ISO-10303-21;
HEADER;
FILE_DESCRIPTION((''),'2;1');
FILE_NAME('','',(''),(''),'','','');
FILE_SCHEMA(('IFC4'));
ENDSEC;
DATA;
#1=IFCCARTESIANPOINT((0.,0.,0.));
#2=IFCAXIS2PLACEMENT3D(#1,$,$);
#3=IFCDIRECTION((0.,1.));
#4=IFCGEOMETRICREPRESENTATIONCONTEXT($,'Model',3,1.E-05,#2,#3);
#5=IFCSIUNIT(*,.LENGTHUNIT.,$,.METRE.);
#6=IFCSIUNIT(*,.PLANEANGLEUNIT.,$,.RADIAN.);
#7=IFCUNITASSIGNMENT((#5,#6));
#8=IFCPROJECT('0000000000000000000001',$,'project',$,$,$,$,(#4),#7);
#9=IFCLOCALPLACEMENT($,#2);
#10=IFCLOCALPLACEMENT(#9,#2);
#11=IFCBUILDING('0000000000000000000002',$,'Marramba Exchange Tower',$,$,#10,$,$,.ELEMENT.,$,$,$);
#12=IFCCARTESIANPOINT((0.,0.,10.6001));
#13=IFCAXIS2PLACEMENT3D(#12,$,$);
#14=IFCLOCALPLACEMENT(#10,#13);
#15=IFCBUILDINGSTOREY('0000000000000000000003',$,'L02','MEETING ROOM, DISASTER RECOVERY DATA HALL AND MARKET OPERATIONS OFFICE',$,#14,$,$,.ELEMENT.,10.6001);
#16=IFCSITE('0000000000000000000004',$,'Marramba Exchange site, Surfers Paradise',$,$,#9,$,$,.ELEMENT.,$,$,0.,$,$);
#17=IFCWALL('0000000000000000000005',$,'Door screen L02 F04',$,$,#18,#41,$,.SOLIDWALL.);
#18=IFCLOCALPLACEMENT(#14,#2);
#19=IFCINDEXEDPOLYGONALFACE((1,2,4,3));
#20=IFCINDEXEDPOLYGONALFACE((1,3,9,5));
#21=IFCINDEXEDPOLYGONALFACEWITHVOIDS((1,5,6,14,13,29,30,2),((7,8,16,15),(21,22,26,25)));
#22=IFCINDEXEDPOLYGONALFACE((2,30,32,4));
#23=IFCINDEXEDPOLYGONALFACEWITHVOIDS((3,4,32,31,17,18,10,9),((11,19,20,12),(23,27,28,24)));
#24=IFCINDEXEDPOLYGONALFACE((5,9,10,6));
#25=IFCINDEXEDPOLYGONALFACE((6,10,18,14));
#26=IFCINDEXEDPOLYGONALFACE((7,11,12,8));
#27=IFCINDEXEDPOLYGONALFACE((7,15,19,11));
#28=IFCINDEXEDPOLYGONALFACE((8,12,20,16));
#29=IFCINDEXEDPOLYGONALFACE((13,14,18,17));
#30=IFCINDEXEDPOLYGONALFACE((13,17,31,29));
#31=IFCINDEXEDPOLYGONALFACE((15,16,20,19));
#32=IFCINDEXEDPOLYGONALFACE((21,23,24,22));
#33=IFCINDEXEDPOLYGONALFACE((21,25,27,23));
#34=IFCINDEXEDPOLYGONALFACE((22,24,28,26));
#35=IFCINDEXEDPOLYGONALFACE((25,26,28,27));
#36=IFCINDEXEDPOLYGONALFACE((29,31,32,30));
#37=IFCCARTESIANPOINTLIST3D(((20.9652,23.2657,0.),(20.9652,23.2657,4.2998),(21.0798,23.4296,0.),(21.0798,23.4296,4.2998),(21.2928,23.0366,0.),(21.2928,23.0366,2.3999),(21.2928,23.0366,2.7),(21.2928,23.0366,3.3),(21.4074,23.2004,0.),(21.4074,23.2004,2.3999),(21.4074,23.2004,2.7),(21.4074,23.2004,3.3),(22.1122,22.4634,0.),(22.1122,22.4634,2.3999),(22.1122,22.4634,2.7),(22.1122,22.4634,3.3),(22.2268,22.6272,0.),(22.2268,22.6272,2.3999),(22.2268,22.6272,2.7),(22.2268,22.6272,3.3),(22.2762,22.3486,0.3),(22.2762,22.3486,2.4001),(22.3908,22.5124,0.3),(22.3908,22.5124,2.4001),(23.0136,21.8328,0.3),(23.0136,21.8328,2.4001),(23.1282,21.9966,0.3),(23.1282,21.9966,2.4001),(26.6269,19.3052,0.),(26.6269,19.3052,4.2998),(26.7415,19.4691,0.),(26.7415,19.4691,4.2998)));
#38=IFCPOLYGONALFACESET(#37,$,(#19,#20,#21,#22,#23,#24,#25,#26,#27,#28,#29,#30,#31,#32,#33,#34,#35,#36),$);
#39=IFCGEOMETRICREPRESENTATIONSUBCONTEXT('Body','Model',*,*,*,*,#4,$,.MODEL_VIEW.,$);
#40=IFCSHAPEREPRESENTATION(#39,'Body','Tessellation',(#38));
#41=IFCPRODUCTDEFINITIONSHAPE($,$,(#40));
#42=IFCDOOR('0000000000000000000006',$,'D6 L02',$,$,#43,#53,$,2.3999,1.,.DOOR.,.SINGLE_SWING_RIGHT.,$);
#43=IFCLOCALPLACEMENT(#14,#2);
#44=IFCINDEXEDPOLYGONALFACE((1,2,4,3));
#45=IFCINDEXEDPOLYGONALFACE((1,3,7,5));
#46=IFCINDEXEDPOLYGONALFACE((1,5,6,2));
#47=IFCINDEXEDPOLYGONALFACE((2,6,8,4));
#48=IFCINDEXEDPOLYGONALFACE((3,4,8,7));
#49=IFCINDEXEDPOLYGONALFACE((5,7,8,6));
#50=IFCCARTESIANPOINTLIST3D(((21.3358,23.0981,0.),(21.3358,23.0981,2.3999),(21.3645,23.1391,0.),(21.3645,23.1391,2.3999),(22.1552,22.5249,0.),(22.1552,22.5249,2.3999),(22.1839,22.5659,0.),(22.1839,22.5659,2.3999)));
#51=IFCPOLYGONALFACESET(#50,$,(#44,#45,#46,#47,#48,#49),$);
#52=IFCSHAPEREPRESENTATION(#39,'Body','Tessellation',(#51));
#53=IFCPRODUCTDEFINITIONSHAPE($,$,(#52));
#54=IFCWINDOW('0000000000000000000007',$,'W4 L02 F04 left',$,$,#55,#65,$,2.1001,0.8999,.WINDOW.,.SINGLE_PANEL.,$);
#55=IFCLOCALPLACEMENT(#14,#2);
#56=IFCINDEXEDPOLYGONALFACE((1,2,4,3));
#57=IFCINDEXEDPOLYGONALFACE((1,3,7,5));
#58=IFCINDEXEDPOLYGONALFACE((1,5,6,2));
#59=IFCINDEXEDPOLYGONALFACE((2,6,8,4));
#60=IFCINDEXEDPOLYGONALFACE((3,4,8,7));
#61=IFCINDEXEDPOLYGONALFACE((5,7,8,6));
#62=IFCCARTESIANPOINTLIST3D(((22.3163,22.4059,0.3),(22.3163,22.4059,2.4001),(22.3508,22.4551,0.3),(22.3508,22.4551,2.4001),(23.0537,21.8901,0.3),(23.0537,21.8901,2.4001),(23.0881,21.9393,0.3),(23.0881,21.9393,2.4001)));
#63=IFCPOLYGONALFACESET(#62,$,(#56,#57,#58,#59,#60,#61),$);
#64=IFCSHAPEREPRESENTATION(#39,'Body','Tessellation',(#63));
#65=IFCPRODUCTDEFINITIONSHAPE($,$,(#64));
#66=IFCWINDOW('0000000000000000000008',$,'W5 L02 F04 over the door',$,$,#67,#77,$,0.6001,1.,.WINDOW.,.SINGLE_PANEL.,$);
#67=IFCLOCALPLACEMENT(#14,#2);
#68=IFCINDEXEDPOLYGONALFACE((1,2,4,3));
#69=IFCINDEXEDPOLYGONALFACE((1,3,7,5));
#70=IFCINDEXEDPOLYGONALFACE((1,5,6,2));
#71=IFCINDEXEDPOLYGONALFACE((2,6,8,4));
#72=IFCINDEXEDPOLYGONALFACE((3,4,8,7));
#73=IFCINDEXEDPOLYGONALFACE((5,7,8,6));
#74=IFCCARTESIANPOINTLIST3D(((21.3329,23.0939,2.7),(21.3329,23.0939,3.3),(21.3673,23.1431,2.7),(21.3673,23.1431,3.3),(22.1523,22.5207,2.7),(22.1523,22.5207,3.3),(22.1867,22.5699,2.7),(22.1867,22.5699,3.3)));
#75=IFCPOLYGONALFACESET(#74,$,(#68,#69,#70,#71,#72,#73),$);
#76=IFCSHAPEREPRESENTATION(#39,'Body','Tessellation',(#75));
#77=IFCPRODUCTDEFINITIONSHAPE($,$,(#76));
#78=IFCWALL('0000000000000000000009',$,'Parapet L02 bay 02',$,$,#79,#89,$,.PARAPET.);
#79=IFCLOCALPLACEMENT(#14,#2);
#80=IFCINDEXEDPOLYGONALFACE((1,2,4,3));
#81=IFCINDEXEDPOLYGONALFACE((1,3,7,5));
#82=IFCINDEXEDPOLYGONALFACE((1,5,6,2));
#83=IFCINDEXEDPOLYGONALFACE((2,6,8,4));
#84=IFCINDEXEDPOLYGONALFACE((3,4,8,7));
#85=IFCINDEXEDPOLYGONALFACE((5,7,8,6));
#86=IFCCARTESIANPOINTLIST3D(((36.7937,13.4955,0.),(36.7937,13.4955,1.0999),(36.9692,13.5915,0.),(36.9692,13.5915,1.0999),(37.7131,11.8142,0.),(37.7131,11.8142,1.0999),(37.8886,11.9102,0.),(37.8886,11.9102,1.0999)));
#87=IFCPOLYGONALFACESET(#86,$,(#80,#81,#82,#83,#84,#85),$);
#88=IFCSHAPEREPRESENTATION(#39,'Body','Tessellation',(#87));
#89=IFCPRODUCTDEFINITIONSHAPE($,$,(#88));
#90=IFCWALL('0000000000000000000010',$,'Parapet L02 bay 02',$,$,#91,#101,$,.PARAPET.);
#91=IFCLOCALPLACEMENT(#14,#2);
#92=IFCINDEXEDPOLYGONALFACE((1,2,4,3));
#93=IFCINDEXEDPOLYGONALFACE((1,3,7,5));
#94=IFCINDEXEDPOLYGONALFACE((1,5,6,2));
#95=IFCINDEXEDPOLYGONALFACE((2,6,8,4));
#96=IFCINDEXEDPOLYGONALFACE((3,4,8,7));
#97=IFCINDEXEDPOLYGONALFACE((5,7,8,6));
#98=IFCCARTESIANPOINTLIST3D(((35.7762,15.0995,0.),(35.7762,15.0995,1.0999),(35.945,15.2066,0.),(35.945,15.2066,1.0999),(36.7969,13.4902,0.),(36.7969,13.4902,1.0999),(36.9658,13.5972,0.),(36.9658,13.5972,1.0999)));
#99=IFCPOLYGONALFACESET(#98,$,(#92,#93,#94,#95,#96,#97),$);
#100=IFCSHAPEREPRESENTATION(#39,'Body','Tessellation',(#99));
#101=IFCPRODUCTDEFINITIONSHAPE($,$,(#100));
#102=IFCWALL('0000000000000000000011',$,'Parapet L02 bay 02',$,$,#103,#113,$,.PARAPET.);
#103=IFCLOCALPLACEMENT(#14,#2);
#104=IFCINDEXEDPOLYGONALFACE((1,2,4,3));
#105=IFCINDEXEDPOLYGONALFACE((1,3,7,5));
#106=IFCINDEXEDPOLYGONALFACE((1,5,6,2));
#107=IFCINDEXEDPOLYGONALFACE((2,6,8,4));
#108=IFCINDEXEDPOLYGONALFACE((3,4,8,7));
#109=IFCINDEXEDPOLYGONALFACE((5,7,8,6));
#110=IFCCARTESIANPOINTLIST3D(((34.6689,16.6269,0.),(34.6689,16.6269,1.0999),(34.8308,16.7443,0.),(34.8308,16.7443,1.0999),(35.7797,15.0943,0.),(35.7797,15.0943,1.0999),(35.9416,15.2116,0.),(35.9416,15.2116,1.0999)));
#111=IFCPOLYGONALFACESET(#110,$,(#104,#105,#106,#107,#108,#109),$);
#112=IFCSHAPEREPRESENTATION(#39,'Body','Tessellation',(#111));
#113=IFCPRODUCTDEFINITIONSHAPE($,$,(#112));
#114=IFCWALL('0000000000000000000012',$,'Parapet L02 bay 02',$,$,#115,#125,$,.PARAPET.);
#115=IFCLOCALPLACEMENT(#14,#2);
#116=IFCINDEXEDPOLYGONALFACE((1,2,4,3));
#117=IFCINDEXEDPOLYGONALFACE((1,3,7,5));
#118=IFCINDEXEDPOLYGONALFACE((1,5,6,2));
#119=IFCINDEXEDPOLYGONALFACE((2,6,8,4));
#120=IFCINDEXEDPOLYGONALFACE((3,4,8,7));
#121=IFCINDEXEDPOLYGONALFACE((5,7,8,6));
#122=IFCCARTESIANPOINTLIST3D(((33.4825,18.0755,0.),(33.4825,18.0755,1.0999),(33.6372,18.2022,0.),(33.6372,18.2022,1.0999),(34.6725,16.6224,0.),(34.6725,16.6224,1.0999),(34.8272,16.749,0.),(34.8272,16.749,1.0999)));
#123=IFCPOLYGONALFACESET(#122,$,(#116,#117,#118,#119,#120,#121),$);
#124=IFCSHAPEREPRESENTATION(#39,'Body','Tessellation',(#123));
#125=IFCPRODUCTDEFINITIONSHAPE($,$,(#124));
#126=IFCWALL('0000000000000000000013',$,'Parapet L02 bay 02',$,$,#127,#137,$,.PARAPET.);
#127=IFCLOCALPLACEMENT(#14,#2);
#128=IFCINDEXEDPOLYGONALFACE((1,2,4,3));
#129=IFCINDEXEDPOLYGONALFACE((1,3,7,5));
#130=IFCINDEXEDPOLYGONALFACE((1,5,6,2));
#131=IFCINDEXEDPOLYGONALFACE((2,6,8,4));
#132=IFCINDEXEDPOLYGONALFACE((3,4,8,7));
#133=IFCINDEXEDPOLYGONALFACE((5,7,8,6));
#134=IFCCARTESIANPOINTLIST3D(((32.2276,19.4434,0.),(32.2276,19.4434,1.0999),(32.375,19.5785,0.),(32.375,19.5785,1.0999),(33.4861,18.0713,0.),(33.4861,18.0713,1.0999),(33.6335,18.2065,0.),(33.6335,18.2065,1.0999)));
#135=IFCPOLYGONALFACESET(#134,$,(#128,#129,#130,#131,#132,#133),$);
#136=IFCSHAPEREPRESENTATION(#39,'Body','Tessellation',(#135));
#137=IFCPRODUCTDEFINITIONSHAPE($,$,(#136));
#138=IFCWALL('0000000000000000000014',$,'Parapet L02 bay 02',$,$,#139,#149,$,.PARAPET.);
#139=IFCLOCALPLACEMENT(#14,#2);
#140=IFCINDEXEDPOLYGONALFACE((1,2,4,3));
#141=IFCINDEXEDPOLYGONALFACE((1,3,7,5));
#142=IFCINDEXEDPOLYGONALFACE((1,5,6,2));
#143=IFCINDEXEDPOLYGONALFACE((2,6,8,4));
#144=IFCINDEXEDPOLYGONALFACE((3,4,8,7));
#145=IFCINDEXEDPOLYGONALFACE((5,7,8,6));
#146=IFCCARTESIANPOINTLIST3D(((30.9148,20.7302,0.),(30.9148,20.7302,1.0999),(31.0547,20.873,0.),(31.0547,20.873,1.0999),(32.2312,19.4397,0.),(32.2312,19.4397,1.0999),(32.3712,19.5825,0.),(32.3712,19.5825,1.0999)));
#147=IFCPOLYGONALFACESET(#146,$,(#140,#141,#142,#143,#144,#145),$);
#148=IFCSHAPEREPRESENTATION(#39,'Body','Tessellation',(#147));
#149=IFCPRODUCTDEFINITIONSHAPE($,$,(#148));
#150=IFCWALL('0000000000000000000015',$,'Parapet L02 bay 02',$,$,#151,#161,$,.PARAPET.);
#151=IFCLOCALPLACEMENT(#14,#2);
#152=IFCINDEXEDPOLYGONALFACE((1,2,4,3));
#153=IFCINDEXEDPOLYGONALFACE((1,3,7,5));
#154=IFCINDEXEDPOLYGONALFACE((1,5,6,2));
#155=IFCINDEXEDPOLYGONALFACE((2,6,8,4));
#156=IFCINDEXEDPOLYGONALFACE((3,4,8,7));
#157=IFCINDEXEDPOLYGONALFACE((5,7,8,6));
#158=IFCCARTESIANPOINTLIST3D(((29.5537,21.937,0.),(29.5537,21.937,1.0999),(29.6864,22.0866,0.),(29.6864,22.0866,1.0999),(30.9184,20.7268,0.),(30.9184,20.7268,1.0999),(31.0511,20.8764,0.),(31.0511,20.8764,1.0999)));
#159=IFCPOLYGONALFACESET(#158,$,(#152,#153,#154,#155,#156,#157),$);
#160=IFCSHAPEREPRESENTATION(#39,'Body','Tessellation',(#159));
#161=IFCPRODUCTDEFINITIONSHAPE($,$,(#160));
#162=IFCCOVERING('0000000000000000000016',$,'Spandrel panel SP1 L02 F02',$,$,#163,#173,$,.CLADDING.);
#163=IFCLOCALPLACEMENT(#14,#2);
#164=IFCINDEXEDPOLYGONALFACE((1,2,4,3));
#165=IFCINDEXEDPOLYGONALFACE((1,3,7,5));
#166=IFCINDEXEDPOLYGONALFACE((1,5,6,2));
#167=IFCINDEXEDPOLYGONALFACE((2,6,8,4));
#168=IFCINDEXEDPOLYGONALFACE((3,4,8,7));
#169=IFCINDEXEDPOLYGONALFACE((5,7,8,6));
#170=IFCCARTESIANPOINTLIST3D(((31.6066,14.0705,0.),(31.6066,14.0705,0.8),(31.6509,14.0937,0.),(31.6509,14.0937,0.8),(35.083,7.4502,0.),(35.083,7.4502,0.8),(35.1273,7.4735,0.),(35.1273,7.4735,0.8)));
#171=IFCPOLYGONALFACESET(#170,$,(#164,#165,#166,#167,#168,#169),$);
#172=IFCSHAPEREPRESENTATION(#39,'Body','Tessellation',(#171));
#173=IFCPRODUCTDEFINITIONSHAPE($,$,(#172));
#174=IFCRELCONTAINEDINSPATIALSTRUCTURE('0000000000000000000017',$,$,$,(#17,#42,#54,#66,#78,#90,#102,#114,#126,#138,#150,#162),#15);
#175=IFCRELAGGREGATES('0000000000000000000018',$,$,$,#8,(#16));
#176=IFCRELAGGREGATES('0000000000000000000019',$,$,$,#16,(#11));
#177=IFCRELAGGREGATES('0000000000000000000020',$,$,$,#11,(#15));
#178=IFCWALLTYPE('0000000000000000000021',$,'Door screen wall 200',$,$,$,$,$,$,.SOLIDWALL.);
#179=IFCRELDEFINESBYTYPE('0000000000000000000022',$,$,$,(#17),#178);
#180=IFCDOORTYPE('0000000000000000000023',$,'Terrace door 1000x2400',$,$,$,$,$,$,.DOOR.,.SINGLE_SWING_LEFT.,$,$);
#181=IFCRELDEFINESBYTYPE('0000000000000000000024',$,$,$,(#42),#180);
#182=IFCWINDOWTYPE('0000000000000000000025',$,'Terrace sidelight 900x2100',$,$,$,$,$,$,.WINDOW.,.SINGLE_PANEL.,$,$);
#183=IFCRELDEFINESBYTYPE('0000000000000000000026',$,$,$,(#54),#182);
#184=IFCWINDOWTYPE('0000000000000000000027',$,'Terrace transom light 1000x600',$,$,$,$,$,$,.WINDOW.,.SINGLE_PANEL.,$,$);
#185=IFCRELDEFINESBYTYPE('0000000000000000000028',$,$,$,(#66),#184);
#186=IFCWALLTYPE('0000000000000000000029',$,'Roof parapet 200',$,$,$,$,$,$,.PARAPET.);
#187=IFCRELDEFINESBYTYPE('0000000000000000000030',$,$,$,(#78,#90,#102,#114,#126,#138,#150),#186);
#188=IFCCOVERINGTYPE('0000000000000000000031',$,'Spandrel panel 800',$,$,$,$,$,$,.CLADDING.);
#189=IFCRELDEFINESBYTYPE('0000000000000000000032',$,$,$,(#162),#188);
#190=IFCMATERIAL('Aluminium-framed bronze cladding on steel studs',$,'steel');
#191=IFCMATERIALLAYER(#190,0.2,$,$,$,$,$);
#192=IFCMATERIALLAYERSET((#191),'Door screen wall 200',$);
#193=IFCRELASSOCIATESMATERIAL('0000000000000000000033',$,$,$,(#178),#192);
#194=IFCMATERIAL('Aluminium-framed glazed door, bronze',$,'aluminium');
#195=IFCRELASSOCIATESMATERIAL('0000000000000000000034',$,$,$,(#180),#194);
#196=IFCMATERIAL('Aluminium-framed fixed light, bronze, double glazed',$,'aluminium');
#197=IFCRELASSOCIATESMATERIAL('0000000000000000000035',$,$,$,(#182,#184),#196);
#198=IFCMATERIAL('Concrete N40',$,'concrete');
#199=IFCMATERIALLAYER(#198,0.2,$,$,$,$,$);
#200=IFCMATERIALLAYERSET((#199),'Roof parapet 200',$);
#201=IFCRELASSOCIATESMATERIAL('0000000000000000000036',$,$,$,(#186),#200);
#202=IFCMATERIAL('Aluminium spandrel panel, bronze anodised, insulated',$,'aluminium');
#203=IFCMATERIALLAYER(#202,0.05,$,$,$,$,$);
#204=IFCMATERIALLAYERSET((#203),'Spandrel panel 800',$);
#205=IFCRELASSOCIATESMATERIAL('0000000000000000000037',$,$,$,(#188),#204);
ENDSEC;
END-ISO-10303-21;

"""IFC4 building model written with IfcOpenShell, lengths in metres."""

from ifc_helpers import new_model, si_unit, direction, frame, frame_2d, origin, origin_2d, place, context, subcontext, project, spatial, rectangle, extrude, material, layer, layer_set, type_object, element, fill, save


model = new_model("IFC4")

# Units and contexts
model_context = context("Model", 3, precision=1e-05, world=origin(), true_north=direction((0.0, 1.0)))
body_context = subcontext(model_context, "Body", "Model", "MODEL_VIEW")
ifc_project = project(units=[si_unit("LENGTHUNIT", "METRE"), si_unit("PLANEANGLEUNIT", "RADIAN")], contexts=[model_context])

# Site, building, storey
site_placement = place(None, origin())
site = spatial("IfcSite", under=ifc_project, at=site_placement, Name="Marramba Exchange site, Surfers Paradise", CompositionType="ELEMENT", RefElevation=0.0)
building_placement = place(site_placement, origin())
building = spatial("IfcBuilding", under=site, at=building_placement, Name="Marramba Exchange Tower", CompositionType="ELEMENT")
storey_placement = place(building_placement, frame((0.0, 0.0, 10.6001)))
storey = spatial("IfcBuildingStorey", under=building, at=storey_placement, Name="L02", Description="MEETING ROOM, DISASTER RECOVERY DATA HALL AND MARKET OPERATIONS OFFICE", CompositionType="ELEMENT", Elevation=10.6001)

# Wall, openings, door, windows
ifc_material_1 = material(Name="Aluminium-framed bronze cladding on steel studs", Category="steel")
ifc_layer_1 = layer(ifc_material_1, 0.2)
ifc_layer_set_1 = layer_set([ifc_layer_1], Name="Door screen wall 200")
wall_type_1 = type_object("IfcWallType", Name="Door screen wall 200", PredefinedType="SOLIDWALL", material=ifc_layer_set_1)
wall_1_placement = place(storey_placement, frame((26.6841, 19.3872, 0.0), z_axis=(0.0, 0.0, 1.0), x_axis=(-0.819414, 0.573201, 0.0)))
wall_1 = element("IfcWall", 1, at=wall_1_placement, inside=storey, type_object=wall_type_1, Name="Door screen L02 F04", PredefinedType="SOLIDWALL", context=body_context, shape_type="SweptSolid", body=[
    extrude(rectangle(XDim=6.9094, YDim=0.2, at=frame_2d((3.4546, 0.0))), origin(), (0.0, 0.0, 1.0), 4.2998),
])
opening_1_placement = place(wall_1_placement, frame((5.5095, 0.0, 0.0)))
opening_1 = element("IfcOpeningElement", 2, at=opening_1_placement, cuts=wall_1, PredefinedType="OPENING", context=body_context, shape_type="SweptSolid", body=[
    extrude(rectangle(XDim=1.0, YDim=2.3999, at=frame_2d((0.5, 1.2))), frame((0.0, 0.1099, 0.0), z_axis=(0.0, -1.0, 0.0), x_axis=(1.0, 0.0, 0.0)), (0.0, 0.0, 1.0), 0.22),
])
opening_2_placement = place(wall_1_placement, frame((4.4094, 0.0, 0.3)))
opening_2 = element("IfcOpeningElement", 3, at=opening_2_placement, cuts=wall_1, PredefinedType="OPENING", context=body_context, shape_type="SweptSolid", body=[
    extrude(rectangle(XDim=0.8999, YDim=2.1001, at=frame_2d((0.45, 1.05))), frame((0.0, 0.1099, 0.0), z_axis=(0.0, -1.0, 0.0), x_axis=(1.0, 0.0, 0.0)), (0.0, 0.0, 1.0), 0.22),
])
opening_3_placement = place(wall_1_placement, frame((5.5095, 0.0, 2.7)))
opening_3 = element("IfcOpeningElement", 4, at=opening_3_placement, cuts=wall_1, PredefinedType="OPENING", context=body_context, shape_type="SweptSolid", body=[
    extrude(rectangle(XDim=1.0, YDim=0.6001, at=frame_2d((0.5, 0.3))), frame((0.0, 0.1099, 0.0), z_axis=(0.0, -1.0, 0.0), x_axis=(1.0, 0.0, 0.0)), (0.0, 0.0, 1.0), 0.22),
])
ifc_material_2 = material(Name="Aluminium-framed glazed door, bronze", Category="aluminium")
door_type = type_object("IfcDoorType", Name="Terrace door 1000x2400", OperationType="SINGLE_SWING_LEFT", PredefinedType="DOOR", material=ifc_material_2)
door_placement = place(opening_1_placement, frame((1.0, 0.0, 0.0), z_axis=(0.0, 0.0, 1.0), x_axis=(-1.0, 0.0, 0.0)))
door = element("IfcDoor", 5, at=door_placement, inside=storey, type_object=door_type, Name="D6 L02", OperationType="SINGLE_SWING_RIGHT", OverallHeight=2.3999, OverallWidth=1.0, PredefinedType="DOOR", context=body_context, shape_type="SweptSolid", body=[
    extrude(rectangle(XDim=1.0, YDim=2.3999, at=frame_2d((0.5, 1.2))), frame((0.0, 0.0251, 0.0), z_axis=(0.0, -1.0, 0.0), x_axis=(1.0, 0.0, 0.0)), (0.0, 0.0, 1.0), 0.05),
])
fill(opening_1, door)
ifc_material_3 = material(Name="Aluminium-framed fixed light, bronze, double glazed", Category="aluminium")
window_type_1 = type_object("IfcWindowType", Name="Terrace sidelight 900x2100", PartitioningType="SINGLE_PANEL", PredefinedType="WINDOW", material=ifc_material_3)
window_1_placement = place(opening_2_placement, origin())
window_1 = element("IfcWindow", 6, at=window_1_placement, inside=storey, type_object=window_type_1, Name="W4 L02 F04 left", OverallHeight=2.1001, OverallWidth=0.8999, PartitioningType="SINGLE_PANEL", PredefinedType="WINDOW", context=body_context, shape_type="SweptSolid", body=[
    extrude(rectangle(XDim=0.8999, YDim=2.1001, at=frame_2d((0.45, 1.05))), frame((0.0, 0.03, 0.0), z_axis=(0.0, -1.0, 0.0), x_axis=(1.0, 0.0, 0.0)), (0.0, 0.0, 1.0), 0.0601),
])
fill(opening_2, window_1)
window_type_2 = type_object("IfcWindowType", Name="Terrace transom light 1000x600", PartitioningType="SINGLE_PANEL", PredefinedType="WINDOW", material=ifc_material_3)
window_2_placement = place(opening_3_placement, origin())
window_2 = element("IfcWindow", 7, at=window_2_placement, inside=storey, type_object=window_type_2, Name="W5 L02 F04 over the door", OverallHeight=0.6001, OverallWidth=1.0, PartitioningType="SINGLE_PANEL", PredefinedType="WINDOW", context=body_context, shape_type="SweptSolid", body=[
    extrude(rectangle(XDim=1.0, YDim=0.6001, at=frame_2d((0.5, 0.3))), frame((0.0, 0.03, 0.0), z_axis=(0.0, -1.0, 0.0), x_axis=(1.0, 0.0, 0.0)), (0.0, 0.0, 1.0), 0.0601),
])
fill(opening_3, window_2)

# Walls
ifc_material_4 = material(Name="Concrete N40", Category="concrete")
ifc_layer_2 = layer(ifc_material_4, 0.2)
ifc_layer_set_2 = layer_set([ifc_layer_2], Name="Roof parapet 200")
wall_type_2 = type_object("IfcWallType", Name="Roof parapet 200", PredefinedType="PARAPET", material=ifc_layer_set_2)
wall_2_placement = place(storey_placement, frame((37.8008, 11.8623, 0.0), z_axis=(0.0, 0.0, 1.0), x_axis=(-0.47978, 0.877389, 0.0)))
element("IfcWall", 8, at=wall_2_placement, inside=storey, type_object=wall_type_2, Name="Parapet L02 bay 02", PredefinedType="PARAPET", context=body_context, shape_type="SweptSolid", body=[
    extrude(rectangle(XDim=1.9163, YDim=0.2, at=frame_2d((0.958, 0.0))), origin(), (0.0, 0.0, 1.0), 1.0999),
])
wall_3_placement = place(storey_placement, frame((36.8813, 13.5437, 0.0), z_axis=(0.0, 0.0, 1.0), x_axis=(-0.535607, 0.844468, 0.0)))
element("IfcWall", 9, at=wall_3_placement, inside=storey, type_object=wall_type_2, Name="Parapet L02 bay 02", PredefinedType="PARAPET", context=body_context, shape_type="SweptSolid", body=[
    extrude(rectangle(XDim=1.9058, YDim=0.2, at=frame_2d((0.9529, 0.0))), origin(), (0.0, 0.0, 1.0), 1.0999),
])
wall_4_placement = place(storey_placement, frame((35.8606, 15.1531, 0.0), z_axis=(0.0, 0.0, 1.0), x_axis=(-0.586837, 0.809705, 0.0)))
element("IfcWall", 10, at=wall_4_placement, inside=storey, type_object=wall_type_2, Name="Parapet L02 bay 02", PredefinedType="PARAPET", context=body_context, shape_type="SweptSolid", body=[
    extrude(rectangle(XDim=1.8928, YDim=0.2, at=frame_2d((0.9463, 0.0))), origin(), (0.0, 0.0, 1.0), 1.0999),
])
wall_5_placement = place(storey_placement, frame((34.7498, 16.6858, 0.0), z_axis=(0.0, 0.0, 1.0), x_axis=(-0.633563, 0.773691, 0.0)))
element("IfcWall", 11, at=wall_5_placement, inside=storey, type_object=wall_type_2, Name="Parapet L02 bay 02", PredefinedType="PARAPET", context=body_context, shape_type="SweptSolid", body=[
    extrude(rectangle(XDim=1.8782, YDim=0.2, at=frame_2d((0.939, 0.0))), origin(), (0.0, 0.0, 1.0), 1.0999),
])
wall_6_placement = place(storey_placement, frame((33.5598, 18.1389, 0.0), z_axis=(0.0, 0.0, 1.0), x_axis=(-0.675962, 0.736936, 0.0)))
element("IfcWall", 12, at=wall_6_placement, inside=storey, type_object=wall_type_2, Name="Parapet L02 bay 02", PredefinedType="PARAPET", context=body_context, shape_type="SweptSolid", body=[
    extrude(rectangle(XDim=1.8618, YDim=0.2, at=frame_2d((0.9309, 0.0))), origin(), (0.0, 0.0, 1.0), 1.0999),
])
wall_7_placement = place(storey_placement, frame((32.3013, 19.511, 0.0), z_axis=(0.0, 0.0, 1.0), x_axis=(-0.714091, 0.700053, 0.0)))
element("IfcWall", 13, at=wall_7_placement, inside=storey, type_object=wall_type_2, Name="Parapet L02 bay 02", PredefinedType="PARAPET", context=body_context, shape_type="SweptSolid", body=[
    extrude(rectangle(XDim=1.8435, YDim=0.2, at=frame_2d((0.9219, 0.0))), origin(), (0.0, 0.0, 1.0), 1.0999),
])
wall_8_placement = place(storey_placement, frame((30.9849, 20.8015, 0.0), z_axis=(0.0, 0.0, 1.0), x_axis=(-0.748199, 0.663474, 0.0)))
element("IfcWall", 14, at=wall_8_placement, inside=storey, type_object=wall_type_2, Name="Parapet L02 bay 02", PredefinedType="PARAPET", context=body_context, shape_type="SweptSolid", body=[
    extrude(rectangle(XDim=1.824, YDim=0.2, at=frame_2d((0.9121, 0.0))), origin(), (0.0, 0.0, 1.0), 1.0999),
])

# Covering
ifc_material_5 = material(Name="Aluminium spandrel panel, bronze anodised, insulated", Category="aluminium")
ifc_layer_3 = layer(ifc_material_5, 0.05)
ifc_layer_set_3 = layer_set([ifc_layer_3], Name="Spandrel panel 800")
covering_type = type_object("IfcCoveringType", Name="Spandrel panel 800", PredefinedType="CLADDING", material=ifc_layer_set_3)
covering_1_placement = place(storey_placement, frame((33.3669, 10.772, 0.0), z_axis=(0.0, 0.0, 1.0), x_axis=(-0.464919, 0.885353, 0.0)))
element("IfcCovering", 15, at=covering_1_placement, inside=storey, type_object=covering_type, Name="Spandrel panel SP1 L02 F02", PredefinedType="CLADDING", context=body_context, shape_type="SweptSolid", body=[
    extrude(rectangle(XDim=7.4775, YDim=0.05, at=origin_2d()), origin(), (0.0, 0.0, 1.0), 0.8),
])

save(model, "model.ifc")
